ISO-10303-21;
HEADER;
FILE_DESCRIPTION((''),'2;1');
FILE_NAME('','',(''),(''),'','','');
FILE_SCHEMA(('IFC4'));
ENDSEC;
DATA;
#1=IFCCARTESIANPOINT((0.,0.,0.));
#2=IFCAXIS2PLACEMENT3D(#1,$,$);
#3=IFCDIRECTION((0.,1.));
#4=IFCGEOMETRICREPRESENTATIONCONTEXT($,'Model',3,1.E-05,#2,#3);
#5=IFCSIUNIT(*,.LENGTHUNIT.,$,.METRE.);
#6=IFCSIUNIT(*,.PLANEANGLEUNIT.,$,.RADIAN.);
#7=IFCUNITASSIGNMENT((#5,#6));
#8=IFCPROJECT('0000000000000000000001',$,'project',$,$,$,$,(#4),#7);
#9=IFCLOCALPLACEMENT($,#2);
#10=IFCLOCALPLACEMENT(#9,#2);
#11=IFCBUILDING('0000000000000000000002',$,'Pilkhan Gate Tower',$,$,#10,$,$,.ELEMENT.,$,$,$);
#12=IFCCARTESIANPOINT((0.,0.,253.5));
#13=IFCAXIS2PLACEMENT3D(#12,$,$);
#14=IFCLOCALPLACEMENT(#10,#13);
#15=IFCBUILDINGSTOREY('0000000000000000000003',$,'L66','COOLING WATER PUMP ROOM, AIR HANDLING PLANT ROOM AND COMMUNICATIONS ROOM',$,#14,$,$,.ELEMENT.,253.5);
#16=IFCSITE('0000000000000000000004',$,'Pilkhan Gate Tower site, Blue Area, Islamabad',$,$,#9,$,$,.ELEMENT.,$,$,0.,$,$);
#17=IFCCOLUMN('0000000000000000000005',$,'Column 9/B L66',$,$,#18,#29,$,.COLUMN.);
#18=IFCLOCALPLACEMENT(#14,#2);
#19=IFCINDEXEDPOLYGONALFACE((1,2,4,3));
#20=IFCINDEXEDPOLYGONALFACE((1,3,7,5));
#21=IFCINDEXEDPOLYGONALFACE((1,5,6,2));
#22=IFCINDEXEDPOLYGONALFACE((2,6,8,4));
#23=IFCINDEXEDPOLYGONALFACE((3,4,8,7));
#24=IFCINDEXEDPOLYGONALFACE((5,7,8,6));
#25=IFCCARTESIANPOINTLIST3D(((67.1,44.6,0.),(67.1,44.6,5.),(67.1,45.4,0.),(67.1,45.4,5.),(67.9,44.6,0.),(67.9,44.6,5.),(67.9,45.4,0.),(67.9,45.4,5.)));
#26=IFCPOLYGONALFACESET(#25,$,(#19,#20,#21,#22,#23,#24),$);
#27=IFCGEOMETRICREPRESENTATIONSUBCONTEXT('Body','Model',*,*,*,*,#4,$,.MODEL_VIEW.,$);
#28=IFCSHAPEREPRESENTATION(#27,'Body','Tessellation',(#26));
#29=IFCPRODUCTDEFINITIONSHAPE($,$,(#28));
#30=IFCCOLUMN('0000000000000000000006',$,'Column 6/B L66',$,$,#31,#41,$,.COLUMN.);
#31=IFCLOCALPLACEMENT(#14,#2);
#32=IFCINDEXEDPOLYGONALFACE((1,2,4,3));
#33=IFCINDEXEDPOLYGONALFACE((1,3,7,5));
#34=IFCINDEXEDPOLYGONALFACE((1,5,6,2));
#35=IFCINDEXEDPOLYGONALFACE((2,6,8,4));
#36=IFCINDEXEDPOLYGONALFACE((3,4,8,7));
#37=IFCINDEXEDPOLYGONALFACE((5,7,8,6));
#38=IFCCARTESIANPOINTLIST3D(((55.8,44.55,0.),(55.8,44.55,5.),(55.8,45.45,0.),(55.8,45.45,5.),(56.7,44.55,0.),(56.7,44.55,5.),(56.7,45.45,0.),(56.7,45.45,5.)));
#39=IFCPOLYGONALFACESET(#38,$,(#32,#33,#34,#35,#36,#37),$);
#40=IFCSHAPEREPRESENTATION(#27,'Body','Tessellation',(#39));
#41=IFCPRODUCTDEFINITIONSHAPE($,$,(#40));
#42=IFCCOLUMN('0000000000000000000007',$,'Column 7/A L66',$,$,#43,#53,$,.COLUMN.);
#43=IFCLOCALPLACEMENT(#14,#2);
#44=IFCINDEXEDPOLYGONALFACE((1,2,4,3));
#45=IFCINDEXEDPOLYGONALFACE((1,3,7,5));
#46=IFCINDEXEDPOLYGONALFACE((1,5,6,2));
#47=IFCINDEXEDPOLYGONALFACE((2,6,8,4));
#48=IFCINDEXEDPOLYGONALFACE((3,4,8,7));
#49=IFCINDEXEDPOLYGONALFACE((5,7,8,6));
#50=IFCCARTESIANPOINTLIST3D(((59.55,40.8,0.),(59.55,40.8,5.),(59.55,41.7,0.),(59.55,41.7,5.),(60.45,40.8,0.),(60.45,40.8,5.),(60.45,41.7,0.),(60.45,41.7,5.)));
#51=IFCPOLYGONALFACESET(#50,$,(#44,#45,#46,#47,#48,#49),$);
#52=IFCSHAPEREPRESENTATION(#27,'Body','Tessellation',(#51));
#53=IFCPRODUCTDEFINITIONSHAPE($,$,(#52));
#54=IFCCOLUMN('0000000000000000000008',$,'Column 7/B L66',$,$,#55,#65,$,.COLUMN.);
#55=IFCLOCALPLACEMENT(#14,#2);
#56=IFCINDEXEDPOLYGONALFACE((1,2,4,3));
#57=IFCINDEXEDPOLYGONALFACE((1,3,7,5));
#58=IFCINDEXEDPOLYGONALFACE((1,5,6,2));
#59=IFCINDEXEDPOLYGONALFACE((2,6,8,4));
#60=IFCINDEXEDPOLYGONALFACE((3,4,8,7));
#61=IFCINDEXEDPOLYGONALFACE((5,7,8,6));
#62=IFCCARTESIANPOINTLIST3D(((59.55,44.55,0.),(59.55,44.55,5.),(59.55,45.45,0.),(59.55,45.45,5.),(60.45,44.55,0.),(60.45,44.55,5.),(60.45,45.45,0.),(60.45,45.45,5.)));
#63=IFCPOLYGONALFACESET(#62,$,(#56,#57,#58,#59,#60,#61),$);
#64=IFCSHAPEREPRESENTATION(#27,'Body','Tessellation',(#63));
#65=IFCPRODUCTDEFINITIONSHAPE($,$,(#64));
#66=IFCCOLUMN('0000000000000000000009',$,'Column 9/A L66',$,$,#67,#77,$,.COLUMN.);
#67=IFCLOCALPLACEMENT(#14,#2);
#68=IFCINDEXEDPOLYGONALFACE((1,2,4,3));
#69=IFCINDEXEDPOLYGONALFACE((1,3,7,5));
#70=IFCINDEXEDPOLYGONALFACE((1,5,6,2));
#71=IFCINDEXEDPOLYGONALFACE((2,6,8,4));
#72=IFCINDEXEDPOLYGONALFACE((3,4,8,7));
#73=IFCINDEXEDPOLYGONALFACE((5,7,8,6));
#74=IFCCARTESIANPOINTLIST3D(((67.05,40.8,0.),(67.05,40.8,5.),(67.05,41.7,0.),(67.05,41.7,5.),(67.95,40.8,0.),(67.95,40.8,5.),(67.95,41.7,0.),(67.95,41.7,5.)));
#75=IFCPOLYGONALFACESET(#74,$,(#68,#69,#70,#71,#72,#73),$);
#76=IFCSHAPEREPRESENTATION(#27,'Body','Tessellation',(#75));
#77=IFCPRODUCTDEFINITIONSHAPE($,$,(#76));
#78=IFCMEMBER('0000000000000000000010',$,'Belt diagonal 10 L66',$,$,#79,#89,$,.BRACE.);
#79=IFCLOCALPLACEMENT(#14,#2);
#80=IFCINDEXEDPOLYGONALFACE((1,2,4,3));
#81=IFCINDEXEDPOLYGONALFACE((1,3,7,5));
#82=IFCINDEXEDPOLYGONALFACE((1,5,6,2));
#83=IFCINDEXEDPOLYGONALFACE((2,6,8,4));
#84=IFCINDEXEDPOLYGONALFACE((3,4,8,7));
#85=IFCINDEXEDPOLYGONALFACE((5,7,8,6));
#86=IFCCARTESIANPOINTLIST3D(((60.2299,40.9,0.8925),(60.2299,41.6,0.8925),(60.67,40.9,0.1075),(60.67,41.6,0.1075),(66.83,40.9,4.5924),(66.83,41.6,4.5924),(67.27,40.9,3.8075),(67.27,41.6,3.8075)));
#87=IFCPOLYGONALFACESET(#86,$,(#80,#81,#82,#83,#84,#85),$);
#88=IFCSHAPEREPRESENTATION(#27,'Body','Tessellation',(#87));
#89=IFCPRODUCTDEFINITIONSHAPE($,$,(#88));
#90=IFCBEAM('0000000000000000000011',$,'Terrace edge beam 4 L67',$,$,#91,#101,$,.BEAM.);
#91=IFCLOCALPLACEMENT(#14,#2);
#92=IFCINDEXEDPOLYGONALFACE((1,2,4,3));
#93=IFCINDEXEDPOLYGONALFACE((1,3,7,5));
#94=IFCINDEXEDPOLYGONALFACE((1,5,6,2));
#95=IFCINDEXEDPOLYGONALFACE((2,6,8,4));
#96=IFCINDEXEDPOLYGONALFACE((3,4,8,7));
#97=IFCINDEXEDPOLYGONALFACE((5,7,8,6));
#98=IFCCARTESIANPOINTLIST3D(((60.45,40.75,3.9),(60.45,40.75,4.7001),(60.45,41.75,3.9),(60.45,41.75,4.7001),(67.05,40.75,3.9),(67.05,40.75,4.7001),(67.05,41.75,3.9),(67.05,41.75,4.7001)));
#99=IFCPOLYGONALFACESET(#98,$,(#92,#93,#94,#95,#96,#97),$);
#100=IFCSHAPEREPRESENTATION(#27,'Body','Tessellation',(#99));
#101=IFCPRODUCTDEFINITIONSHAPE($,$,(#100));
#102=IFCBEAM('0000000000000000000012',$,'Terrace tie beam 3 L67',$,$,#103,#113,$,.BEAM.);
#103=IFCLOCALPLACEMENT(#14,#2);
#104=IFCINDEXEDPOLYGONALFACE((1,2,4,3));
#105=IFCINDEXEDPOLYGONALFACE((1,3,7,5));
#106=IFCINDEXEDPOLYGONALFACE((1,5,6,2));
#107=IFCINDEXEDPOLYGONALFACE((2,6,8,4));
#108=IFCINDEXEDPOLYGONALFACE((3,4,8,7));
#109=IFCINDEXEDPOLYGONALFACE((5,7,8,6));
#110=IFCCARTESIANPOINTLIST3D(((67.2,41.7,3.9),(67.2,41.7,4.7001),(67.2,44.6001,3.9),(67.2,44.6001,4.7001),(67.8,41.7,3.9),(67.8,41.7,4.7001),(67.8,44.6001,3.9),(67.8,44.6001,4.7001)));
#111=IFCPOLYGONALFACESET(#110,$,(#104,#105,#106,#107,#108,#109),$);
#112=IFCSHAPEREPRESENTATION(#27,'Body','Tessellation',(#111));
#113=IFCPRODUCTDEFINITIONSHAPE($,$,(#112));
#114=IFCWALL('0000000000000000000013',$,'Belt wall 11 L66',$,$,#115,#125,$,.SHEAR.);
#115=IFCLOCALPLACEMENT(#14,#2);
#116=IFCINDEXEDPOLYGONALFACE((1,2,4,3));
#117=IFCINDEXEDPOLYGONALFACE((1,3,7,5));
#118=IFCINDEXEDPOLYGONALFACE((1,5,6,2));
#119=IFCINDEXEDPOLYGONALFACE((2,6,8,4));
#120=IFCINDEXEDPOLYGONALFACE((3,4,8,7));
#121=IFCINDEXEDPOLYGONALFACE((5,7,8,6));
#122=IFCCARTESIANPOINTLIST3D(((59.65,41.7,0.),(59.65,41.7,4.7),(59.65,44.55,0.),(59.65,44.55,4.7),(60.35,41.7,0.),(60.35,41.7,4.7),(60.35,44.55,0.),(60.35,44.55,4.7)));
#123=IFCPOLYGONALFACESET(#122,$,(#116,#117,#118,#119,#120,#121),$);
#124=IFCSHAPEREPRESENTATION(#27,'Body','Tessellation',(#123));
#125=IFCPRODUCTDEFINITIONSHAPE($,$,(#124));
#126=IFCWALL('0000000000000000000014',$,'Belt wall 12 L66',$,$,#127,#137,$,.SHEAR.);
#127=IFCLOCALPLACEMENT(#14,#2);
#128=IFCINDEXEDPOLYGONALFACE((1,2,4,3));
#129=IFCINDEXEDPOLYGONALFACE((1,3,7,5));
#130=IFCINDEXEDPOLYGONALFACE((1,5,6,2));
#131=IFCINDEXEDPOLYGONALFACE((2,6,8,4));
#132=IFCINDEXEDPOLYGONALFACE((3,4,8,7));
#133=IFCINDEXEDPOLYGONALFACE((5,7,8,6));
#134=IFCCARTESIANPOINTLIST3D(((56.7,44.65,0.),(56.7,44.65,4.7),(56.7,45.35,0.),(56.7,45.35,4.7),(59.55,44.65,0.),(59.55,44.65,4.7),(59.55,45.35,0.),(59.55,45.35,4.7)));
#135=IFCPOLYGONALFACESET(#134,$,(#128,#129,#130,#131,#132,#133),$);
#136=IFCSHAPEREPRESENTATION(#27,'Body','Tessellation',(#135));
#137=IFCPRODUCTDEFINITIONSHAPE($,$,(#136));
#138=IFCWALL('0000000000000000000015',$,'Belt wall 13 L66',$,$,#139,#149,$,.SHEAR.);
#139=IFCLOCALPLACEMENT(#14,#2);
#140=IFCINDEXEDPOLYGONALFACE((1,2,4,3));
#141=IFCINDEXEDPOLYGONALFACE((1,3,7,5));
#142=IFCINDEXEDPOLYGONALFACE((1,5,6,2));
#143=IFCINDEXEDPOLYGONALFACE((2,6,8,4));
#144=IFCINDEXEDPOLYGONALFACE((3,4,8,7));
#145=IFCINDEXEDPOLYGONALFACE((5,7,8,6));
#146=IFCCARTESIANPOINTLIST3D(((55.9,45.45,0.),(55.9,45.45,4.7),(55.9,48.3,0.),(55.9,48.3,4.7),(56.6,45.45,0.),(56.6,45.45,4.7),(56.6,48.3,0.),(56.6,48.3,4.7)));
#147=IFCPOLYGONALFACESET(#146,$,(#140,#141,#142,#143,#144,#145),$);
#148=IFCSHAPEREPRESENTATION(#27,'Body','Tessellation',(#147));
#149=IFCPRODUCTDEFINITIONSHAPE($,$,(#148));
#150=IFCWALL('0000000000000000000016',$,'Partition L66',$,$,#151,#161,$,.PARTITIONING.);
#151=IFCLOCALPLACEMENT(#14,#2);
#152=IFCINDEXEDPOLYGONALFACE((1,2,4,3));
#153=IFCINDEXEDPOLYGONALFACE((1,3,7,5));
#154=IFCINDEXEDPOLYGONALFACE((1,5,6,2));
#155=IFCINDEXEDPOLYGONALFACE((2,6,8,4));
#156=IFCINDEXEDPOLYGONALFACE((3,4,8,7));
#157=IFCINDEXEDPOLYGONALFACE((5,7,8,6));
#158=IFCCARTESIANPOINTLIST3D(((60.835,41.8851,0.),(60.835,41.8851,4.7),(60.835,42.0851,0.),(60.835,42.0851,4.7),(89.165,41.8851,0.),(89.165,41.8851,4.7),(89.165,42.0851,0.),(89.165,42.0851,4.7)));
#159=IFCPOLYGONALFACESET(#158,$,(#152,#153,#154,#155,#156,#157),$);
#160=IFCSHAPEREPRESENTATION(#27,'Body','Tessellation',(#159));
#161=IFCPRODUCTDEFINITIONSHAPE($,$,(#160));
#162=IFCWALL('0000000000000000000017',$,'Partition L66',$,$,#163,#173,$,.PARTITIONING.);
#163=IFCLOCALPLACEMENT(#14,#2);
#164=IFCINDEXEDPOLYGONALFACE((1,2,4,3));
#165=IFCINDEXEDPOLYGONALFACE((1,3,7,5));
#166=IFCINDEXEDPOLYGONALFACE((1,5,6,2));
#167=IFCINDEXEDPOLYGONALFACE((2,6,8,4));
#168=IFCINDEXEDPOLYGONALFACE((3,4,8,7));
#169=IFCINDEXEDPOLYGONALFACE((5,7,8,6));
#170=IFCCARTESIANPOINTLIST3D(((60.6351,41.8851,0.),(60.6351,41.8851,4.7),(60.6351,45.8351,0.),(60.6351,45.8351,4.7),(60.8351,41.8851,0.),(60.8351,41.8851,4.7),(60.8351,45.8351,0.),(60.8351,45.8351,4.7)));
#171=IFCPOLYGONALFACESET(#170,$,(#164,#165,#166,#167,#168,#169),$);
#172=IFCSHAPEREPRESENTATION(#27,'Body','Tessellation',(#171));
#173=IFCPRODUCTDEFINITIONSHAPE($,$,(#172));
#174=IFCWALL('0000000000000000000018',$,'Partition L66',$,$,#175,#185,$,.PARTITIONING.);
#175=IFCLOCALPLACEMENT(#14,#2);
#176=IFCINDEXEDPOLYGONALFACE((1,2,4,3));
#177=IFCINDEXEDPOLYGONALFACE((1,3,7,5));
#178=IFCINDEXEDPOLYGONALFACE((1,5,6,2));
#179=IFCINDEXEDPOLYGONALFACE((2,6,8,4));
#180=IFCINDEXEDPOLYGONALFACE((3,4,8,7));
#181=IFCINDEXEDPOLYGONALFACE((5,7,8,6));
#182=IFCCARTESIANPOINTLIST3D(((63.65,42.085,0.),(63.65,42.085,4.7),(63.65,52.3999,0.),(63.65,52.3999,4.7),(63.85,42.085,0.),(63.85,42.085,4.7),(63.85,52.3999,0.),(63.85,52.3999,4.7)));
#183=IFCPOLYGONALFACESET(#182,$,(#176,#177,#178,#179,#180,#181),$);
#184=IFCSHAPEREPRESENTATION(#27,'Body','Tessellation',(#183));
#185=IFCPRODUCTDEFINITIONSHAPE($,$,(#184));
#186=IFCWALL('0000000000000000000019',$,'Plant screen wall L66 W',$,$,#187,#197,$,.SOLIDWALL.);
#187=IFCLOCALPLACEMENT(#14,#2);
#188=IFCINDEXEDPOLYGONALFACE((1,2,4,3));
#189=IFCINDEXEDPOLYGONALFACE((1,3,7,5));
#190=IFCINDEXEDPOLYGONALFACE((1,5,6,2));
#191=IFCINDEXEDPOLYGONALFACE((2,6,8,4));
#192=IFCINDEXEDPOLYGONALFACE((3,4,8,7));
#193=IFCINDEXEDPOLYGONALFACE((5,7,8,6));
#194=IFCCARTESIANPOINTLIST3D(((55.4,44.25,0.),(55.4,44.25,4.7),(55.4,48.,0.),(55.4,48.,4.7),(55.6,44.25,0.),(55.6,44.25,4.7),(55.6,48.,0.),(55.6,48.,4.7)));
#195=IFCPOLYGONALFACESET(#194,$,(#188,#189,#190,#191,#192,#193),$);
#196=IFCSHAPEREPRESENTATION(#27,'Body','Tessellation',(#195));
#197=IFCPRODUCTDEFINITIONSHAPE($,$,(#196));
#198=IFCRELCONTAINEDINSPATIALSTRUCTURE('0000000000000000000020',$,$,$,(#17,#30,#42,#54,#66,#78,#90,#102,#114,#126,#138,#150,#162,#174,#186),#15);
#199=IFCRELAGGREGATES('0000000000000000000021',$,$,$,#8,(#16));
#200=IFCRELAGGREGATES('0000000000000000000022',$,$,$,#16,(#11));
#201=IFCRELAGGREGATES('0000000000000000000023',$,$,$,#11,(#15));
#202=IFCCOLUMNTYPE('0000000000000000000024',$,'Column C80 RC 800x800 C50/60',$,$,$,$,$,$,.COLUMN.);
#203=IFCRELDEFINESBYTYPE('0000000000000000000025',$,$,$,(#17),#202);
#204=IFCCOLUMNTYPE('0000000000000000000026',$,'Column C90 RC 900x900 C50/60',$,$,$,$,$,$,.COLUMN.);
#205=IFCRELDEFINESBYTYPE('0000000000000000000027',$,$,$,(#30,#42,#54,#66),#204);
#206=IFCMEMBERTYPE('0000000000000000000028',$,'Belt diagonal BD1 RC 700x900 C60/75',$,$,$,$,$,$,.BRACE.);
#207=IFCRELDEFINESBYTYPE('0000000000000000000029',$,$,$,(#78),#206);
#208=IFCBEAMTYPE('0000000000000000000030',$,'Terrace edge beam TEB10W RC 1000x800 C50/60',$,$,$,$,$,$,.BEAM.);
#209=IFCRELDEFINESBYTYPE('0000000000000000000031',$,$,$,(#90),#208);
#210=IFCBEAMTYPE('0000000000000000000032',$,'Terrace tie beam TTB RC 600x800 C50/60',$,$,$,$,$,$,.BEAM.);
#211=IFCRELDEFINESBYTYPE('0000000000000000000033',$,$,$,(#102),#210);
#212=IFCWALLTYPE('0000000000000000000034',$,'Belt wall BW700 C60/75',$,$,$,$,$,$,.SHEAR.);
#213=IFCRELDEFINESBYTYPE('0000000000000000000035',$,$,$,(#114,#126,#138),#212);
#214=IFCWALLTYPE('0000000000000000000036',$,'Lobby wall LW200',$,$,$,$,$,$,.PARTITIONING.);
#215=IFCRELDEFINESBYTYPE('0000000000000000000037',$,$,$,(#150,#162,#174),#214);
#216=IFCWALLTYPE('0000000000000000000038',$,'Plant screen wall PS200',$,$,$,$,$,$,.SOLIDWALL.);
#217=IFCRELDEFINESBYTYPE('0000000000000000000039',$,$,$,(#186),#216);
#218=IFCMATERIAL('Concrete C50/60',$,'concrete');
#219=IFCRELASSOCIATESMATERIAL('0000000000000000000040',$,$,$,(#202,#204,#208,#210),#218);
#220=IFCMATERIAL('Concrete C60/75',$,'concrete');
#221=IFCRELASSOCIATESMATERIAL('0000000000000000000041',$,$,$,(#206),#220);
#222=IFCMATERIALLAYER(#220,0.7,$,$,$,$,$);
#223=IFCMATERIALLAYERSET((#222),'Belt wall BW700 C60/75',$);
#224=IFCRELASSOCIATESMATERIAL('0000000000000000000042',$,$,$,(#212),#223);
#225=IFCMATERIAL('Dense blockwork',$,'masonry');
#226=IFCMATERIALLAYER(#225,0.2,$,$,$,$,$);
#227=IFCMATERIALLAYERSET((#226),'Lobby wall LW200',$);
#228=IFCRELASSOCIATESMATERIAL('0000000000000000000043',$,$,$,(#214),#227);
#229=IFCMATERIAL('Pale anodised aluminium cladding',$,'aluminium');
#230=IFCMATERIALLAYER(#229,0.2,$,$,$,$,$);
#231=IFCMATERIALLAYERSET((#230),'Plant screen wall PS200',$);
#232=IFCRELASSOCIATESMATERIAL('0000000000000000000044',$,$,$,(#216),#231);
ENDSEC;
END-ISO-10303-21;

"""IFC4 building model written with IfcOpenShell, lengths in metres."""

from ifc_helpers import new_model, si_unit, direction, frame, frame_2d, origin, origin_2d, place, context, subcontext, project, spatial, rectangle, extrude, material, layer, layer_set, material_profile, profile_set, type_object, element, save


model = new_model("IFC4")

# Units and contexts
model_context = context("Model", 3, precision=1e-05, world=origin(), true_north=direction((0.0, 1.0)))
body_context = subcontext(model_context, "Body", "Model", "MODEL_VIEW")
ifc_project = project(units=[si_unit("LENGTHUNIT", "METRE"), si_unit("PLANEANGLEUNIT", "RADIAN")], contexts=[model_context])

# Site, building, storey
site_placement = place(None, origin())
site = spatial("IfcSite", under=ifc_project, at=site_placement, Name="Pilkhan Gate Tower site, Blue Area, Islamabad", CompositionType="ELEMENT", RefElevation=0.0)
building_placement = place(site_placement, origin())
building = spatial("IfcBuilding", under=site, at=building_placement, Name="Pilkhan Gate Tower", CompositionType="ELEMENT")
storey_placement = place(building_placement, frame((0.0, 0.0, 253.5)))
storey = spatial("IfcBuildingStorey", under=building, at=storey_placement, Name="L66", Description="COOLING WATER PUMP ROOM, AIR HANDLING PLANT ROOM AND COMMUNICATIONS ROOM", CompositionType="ELEMENT", Elevation=253.5)

# Columns
ifc_material_1 = material(Name="Concrete C50/60", Category="concrete")
ifc_material_profile_1 = material_profile(ifc_material_1, rectangle(XDim=0.8, YDim=0.8, at=origin_2d()), Name="RC 800x800")
ifc_profile_set_1 = profile_set([ifc_material_profile_1], Name="Concrete C50/60")
column_type_1 = type_object("IfcColumnType", Name="Column C80 RC 800x800 C50/60", PredefinedType="COLUMN", material=ifc_profile_set_1)
column_placement = place(storey_placement, frame((67.5, 45.0, 0.0), z_axis=(0.0, 0.0, 1.0), x_axis=(1.0, 0.0, 0.0)))
element("IfcColumn", 1, at=column_placement, inside=storey, type_object=column_type_1, Name="Column 9/B L66", PredefinedType="COLUMN", context=body_context, shape_type="SweptSolid", body=[
    extrude(rectangle(XDim=0.8, YDim=0.8, at=origin_2d()), origin(), (0.0, 0.0, 1.0), 5.0),
])
ifc_material_profile_2 = material_profile(ifc_material_1, rectangle(XDim=0.8999, YDim=0.8999, at=origin_2d()), Name="RC 900x900")
ifc_profile_set_2 = profile_set([ifc_material_profile_2], Name="Concrete C50/60")
column_type_2 = type_object("IfcColumnType", Name="Column C90 RC 900x900 C50/60", PredefinedType="COLUMN", material=ifc_profile_set_2)
for number, where, z_axis, x_axis, name in (
    (2, (56.25, 45.0, 0.0), (0.0, 0.0, 1.0), (1.0, 0.0, 0.0), "Column 6/B L66"),
    (3, (60.0, 41.25, 0.0), (0.0, 0.0, 1.0), (1.0, 0.0, 0.0), "Column 7/A L66"),
    (4, (60.0, 45.0, 0.0), (0.0, 0.0, 1.0), (1.0, 0.0, 0.0), "Column 7/B L66"),
    (5, (67.5, 41.25, 0.0), (0.0, 0.0, 1.0), (1.0, 0.0, 0.0), "Column 9/A L66"),
):
    element("IfcColumn", number, at=place(storey_placement, frame(where, z_axis=z_axis, x_axis=x_axis)), inside=storey, type_object=column_type_2, Name=name, PredefinedType="COLUMN", context=body_context, shape_type="SweptSolid", body=[
        extrude(rectangle(XDim=0.8999, YDim=0.8999, at=origin_2d()), origin(), (0.0, 0.0, 1.0), 5.0),
    ])

# Member
ifc_material_2 = material(Name="Concrete C60/75", Category="concrete")
ifc_material_profile_3 = material_profile(ifc_material_2, rectangle(XDim=0.7, YDim=0.8999, at=origin_2d()), Name="RC 700x900")
ifc_profile_set_3 = profile_set([ifc_material_profile_3], Name="Concrete C60/75")
member_type = type_object("IfcMemberType", Name="Belt diagonal BD1 RC 700x900 C60/75", PredefinedType="BRACE", material=ifc_profile_set_3)
member_placement = place(storey_placement, frame((60.45, 41.25, 0.5), z_axis=(0.872286, 0.0, 0.488995), x_axis=(0.0, 1.0, 0.0)))
element("IfcMember", 6, at=member_placement, inside=storey, type_object=member_type, Name="Belt diagonal 10 L66", PredefinedType="BRACE", context=body_context, shape_type="SweptSolid", body=[
    extrude(rectangle(XDim=0.7, YDim=0.8999, at=origin_2d()), origin(), (0.0, 0.0, 1.0), 7.5664),
])

# Beams
ifc_material_profile_4 = material_profile(ifc_material_1, rectangle(XDim=1.0, YDim=0.8, at=origin_2d()), Name="RC 1000x800")
ifc_profile_set_4 = profile_set([ifc_material_profile_4], Name="Concrete C50/60")
beam_type_1 = type_object("IfcBeamType", Name="Terrace edge beam TEB10W RC 1000x800 C50/60", PredefinedType="BEAM", material=ifc_profile_set_4)
beam_1_placement = place(storey_placement, frame((67.05, 41.25, 4.3), z_axis=(-1.0, 0.0, 0.0), x_axis=(0.0, -1.0, 0.0)))
element("IfcBeam", 7, at=beam_1_placement, inside=storey, type_object=beam_type_1, Name="Terrace edge beam 4 L67", PredefinedType="BEAM", context=body_context, shape_type="SweptSolid", body=[
    extrude(rectangle(XDim=1.0, YDim=0.8, at=origin_2d()), origin(), (0.0, 0.0, 1.0), 6.6001),
])
ifc_material_profile_5 = material_profile(ifc_material_1, rectangle(XDim=0.6001, YDim=0.8, at=origin_2d()), Name="RC 600x800")
ifc_profile_set_5 = profile_set([ifc_material_profile_5], Name="Concrete C50/60")
beam_type_2 = type_object("IfcBeamType", Name="Terrace tie beam TTB RC 600x800 C50/60", PredefinedType="BEAM", material=ifc_profile_set_5)
beam_2_placement = place(storey_placement, frame((67.5, 41.7, 4.3), z_axis=(0.0, 1.0, 0.0), x_axis=(-1.0, 0.0, 0.0)))
element("IfcBeam", 8, at=beam_2_placement, inside=storey, type_object=beam_type_2, Name="Terrace tie beam 3 L67", PredefinedType="BEAM", context=body_context, shape_type="SweptSolid", body=[
    extrude(rectangle(XDim=0.6001, YDim=0.8, at=origin_2d()), origin(), (0.0, 0.0, 1.0), 2.9001),
])

# Walls
ifc_layer_1 = layer(ifc_material_2, 0.7)
ifc_layer_set_1 = layer_set([ifc_layer_1], Name="Belt wall BW700 C60/75")
wall_type_1 = type_object("IfcWallType", Name="Belt wall BW700 C60/75", PredefinedType="SHEAR", material=ifc_layer_set_1)
for number, where, z_axis, x_axis, name in (
    (9, (60.0, 41.7, 0.0), (0.0, 0.0, 1.0), (0.0, 1.0, 0.0), "Belt wall 11 L66"),
    (10, (59.55, 45.0, 0.0), (0.0, 0.0, 1.0), (-1.0, 0.0, 0.0), "Belt wall 12 L66"),
    (11, (56.25, 45.45, 0.0), (0.0, 0.0, 1.0), (0.0, 1.0, 0.0), "Belt wall 13 L66"),
):
    element("IfcWall", number, at=place(storey_placement, frame(where, z_axis=z_axis, x_axis=x_axis)), inside=storey, type_object=wall_type_1, Name=name, PredefinedType="SHEAR", context=body_context, shape_type="SweptSolid", body=[
        extrude(rectangle(XDim=2.8501, YDim=0.7, at=frame_2d((1.425, 0.0))), origin(), (0.0, 0.0, 1.0), 4.7),
    ])
ifc_material_3 = material(Name="Dense blockwork", Category="masonry")
ifc_layer_2 = layer(ifc_material_3, 0.2)
ifc_layer_set_2 = layer_set([ifc_layer_2], Name="Lobby wall LW200")
wall_type_2 = type_object("IfcWallType", Name="Lobby wall LW200", PredefinedType="PARTITIONING", material=ifc_layer_set_2)
wall_1_placement = place(storey_placement, frame((60.835, 41.9851, 0.0), z_axis=(0.0, 0.0, 1.0), x_axis=(1.0, 0.0, 0.0)))
element("IfcWall", 12, at=wall_1_placement, inside=storey, type_object=wall_type_2, Name="Partition L66", PredefinedType="PARTITIONING", context=body_context, shape_type="SweptSolid", body=[
    extrude(rectangle(XDim=28.3301, YDim=0.2, at=frame_2d((14.165, 0.0))), origin(), (0.0, 0.0, 1.0), 4.7),
])
wall_2_placement = place(storey_placement, frame((60.7351, 41.885, 0.0), z_axis=(0.0, 0.0, 1.0), x_axis=(0.0, 1.0, 0.0)))
element("IfcWall", 13, at=wall_2_placement, inside=storey, type_object=wall_type_2, Name="Partition L66", PredefinedType="PARTITIONING", context=body_context, shape_type="SweptSolid", body=[
    extrude(rectangle(XDim=3.95, YDim=0.2, at=frame_2d((1.9751, 0.0))), origin(), (0.0, 0.0, 1.0), 4.7),
])
wall_3_placement = place(storey_placement, frame((63.75, 42.085, 0.0), z_axis=(0.0, 0.0, 1.0), x_axis=(0.0, 1.0, 0.0)))
element("IfcWall", 14, at=wall_3_placement, inside=storey, type_object=wall_type_2, Name="Partition L66", PredefinedType="PARTITIONING", context=body_context, shape_type="SweptSolid", body=[
    extrude(rectangle(XDim=10.3149, YDim=0.2, at=frame_2d((5.1575, 0.0))), origin(), (0.0, 0.0, 1.0), 4.7),
])
ifc_material_4 = material(Name="Pale anodised aluminium cladding", Category="aluminium")
ifc_layer_3 = layer(ifc_material_4, 0.2)
ifc_layer_set_3 = layer_set([ifc_layer_3], Name="Plant screen wall PS200")
wall_type_3 = type_object("IfcWallType", Name="Plant screen wall PS200", PredefinedType="SOLIDWALL", material=ifc_layer_set_3)
for number, where, z_axis, x_axis, name in (
    (15, (55.5, 44.25, 0.0), (0.0, 0.0, 1.0), (0.0, 1.0, 0.0), "Plant screen wall L66 W"),
):
    element("IfcWall", number, at=place(storey_placement, frame(where, z_axis=z_axis, x_axis=x_axis)), inside=storey, type_object=wall_type_3, Name=name, PredefinedType="SOLIDWALL", context=body_context, shape_type="SweptSolid", body=[
        extrude(rectangle(XDim=3.75, YDim=0.2, at=frame_2d((1.875, 0.0))), origin(), (0.0, 0.0, 1.0), 4.7),
    ])

save(model, "model.ifc")
